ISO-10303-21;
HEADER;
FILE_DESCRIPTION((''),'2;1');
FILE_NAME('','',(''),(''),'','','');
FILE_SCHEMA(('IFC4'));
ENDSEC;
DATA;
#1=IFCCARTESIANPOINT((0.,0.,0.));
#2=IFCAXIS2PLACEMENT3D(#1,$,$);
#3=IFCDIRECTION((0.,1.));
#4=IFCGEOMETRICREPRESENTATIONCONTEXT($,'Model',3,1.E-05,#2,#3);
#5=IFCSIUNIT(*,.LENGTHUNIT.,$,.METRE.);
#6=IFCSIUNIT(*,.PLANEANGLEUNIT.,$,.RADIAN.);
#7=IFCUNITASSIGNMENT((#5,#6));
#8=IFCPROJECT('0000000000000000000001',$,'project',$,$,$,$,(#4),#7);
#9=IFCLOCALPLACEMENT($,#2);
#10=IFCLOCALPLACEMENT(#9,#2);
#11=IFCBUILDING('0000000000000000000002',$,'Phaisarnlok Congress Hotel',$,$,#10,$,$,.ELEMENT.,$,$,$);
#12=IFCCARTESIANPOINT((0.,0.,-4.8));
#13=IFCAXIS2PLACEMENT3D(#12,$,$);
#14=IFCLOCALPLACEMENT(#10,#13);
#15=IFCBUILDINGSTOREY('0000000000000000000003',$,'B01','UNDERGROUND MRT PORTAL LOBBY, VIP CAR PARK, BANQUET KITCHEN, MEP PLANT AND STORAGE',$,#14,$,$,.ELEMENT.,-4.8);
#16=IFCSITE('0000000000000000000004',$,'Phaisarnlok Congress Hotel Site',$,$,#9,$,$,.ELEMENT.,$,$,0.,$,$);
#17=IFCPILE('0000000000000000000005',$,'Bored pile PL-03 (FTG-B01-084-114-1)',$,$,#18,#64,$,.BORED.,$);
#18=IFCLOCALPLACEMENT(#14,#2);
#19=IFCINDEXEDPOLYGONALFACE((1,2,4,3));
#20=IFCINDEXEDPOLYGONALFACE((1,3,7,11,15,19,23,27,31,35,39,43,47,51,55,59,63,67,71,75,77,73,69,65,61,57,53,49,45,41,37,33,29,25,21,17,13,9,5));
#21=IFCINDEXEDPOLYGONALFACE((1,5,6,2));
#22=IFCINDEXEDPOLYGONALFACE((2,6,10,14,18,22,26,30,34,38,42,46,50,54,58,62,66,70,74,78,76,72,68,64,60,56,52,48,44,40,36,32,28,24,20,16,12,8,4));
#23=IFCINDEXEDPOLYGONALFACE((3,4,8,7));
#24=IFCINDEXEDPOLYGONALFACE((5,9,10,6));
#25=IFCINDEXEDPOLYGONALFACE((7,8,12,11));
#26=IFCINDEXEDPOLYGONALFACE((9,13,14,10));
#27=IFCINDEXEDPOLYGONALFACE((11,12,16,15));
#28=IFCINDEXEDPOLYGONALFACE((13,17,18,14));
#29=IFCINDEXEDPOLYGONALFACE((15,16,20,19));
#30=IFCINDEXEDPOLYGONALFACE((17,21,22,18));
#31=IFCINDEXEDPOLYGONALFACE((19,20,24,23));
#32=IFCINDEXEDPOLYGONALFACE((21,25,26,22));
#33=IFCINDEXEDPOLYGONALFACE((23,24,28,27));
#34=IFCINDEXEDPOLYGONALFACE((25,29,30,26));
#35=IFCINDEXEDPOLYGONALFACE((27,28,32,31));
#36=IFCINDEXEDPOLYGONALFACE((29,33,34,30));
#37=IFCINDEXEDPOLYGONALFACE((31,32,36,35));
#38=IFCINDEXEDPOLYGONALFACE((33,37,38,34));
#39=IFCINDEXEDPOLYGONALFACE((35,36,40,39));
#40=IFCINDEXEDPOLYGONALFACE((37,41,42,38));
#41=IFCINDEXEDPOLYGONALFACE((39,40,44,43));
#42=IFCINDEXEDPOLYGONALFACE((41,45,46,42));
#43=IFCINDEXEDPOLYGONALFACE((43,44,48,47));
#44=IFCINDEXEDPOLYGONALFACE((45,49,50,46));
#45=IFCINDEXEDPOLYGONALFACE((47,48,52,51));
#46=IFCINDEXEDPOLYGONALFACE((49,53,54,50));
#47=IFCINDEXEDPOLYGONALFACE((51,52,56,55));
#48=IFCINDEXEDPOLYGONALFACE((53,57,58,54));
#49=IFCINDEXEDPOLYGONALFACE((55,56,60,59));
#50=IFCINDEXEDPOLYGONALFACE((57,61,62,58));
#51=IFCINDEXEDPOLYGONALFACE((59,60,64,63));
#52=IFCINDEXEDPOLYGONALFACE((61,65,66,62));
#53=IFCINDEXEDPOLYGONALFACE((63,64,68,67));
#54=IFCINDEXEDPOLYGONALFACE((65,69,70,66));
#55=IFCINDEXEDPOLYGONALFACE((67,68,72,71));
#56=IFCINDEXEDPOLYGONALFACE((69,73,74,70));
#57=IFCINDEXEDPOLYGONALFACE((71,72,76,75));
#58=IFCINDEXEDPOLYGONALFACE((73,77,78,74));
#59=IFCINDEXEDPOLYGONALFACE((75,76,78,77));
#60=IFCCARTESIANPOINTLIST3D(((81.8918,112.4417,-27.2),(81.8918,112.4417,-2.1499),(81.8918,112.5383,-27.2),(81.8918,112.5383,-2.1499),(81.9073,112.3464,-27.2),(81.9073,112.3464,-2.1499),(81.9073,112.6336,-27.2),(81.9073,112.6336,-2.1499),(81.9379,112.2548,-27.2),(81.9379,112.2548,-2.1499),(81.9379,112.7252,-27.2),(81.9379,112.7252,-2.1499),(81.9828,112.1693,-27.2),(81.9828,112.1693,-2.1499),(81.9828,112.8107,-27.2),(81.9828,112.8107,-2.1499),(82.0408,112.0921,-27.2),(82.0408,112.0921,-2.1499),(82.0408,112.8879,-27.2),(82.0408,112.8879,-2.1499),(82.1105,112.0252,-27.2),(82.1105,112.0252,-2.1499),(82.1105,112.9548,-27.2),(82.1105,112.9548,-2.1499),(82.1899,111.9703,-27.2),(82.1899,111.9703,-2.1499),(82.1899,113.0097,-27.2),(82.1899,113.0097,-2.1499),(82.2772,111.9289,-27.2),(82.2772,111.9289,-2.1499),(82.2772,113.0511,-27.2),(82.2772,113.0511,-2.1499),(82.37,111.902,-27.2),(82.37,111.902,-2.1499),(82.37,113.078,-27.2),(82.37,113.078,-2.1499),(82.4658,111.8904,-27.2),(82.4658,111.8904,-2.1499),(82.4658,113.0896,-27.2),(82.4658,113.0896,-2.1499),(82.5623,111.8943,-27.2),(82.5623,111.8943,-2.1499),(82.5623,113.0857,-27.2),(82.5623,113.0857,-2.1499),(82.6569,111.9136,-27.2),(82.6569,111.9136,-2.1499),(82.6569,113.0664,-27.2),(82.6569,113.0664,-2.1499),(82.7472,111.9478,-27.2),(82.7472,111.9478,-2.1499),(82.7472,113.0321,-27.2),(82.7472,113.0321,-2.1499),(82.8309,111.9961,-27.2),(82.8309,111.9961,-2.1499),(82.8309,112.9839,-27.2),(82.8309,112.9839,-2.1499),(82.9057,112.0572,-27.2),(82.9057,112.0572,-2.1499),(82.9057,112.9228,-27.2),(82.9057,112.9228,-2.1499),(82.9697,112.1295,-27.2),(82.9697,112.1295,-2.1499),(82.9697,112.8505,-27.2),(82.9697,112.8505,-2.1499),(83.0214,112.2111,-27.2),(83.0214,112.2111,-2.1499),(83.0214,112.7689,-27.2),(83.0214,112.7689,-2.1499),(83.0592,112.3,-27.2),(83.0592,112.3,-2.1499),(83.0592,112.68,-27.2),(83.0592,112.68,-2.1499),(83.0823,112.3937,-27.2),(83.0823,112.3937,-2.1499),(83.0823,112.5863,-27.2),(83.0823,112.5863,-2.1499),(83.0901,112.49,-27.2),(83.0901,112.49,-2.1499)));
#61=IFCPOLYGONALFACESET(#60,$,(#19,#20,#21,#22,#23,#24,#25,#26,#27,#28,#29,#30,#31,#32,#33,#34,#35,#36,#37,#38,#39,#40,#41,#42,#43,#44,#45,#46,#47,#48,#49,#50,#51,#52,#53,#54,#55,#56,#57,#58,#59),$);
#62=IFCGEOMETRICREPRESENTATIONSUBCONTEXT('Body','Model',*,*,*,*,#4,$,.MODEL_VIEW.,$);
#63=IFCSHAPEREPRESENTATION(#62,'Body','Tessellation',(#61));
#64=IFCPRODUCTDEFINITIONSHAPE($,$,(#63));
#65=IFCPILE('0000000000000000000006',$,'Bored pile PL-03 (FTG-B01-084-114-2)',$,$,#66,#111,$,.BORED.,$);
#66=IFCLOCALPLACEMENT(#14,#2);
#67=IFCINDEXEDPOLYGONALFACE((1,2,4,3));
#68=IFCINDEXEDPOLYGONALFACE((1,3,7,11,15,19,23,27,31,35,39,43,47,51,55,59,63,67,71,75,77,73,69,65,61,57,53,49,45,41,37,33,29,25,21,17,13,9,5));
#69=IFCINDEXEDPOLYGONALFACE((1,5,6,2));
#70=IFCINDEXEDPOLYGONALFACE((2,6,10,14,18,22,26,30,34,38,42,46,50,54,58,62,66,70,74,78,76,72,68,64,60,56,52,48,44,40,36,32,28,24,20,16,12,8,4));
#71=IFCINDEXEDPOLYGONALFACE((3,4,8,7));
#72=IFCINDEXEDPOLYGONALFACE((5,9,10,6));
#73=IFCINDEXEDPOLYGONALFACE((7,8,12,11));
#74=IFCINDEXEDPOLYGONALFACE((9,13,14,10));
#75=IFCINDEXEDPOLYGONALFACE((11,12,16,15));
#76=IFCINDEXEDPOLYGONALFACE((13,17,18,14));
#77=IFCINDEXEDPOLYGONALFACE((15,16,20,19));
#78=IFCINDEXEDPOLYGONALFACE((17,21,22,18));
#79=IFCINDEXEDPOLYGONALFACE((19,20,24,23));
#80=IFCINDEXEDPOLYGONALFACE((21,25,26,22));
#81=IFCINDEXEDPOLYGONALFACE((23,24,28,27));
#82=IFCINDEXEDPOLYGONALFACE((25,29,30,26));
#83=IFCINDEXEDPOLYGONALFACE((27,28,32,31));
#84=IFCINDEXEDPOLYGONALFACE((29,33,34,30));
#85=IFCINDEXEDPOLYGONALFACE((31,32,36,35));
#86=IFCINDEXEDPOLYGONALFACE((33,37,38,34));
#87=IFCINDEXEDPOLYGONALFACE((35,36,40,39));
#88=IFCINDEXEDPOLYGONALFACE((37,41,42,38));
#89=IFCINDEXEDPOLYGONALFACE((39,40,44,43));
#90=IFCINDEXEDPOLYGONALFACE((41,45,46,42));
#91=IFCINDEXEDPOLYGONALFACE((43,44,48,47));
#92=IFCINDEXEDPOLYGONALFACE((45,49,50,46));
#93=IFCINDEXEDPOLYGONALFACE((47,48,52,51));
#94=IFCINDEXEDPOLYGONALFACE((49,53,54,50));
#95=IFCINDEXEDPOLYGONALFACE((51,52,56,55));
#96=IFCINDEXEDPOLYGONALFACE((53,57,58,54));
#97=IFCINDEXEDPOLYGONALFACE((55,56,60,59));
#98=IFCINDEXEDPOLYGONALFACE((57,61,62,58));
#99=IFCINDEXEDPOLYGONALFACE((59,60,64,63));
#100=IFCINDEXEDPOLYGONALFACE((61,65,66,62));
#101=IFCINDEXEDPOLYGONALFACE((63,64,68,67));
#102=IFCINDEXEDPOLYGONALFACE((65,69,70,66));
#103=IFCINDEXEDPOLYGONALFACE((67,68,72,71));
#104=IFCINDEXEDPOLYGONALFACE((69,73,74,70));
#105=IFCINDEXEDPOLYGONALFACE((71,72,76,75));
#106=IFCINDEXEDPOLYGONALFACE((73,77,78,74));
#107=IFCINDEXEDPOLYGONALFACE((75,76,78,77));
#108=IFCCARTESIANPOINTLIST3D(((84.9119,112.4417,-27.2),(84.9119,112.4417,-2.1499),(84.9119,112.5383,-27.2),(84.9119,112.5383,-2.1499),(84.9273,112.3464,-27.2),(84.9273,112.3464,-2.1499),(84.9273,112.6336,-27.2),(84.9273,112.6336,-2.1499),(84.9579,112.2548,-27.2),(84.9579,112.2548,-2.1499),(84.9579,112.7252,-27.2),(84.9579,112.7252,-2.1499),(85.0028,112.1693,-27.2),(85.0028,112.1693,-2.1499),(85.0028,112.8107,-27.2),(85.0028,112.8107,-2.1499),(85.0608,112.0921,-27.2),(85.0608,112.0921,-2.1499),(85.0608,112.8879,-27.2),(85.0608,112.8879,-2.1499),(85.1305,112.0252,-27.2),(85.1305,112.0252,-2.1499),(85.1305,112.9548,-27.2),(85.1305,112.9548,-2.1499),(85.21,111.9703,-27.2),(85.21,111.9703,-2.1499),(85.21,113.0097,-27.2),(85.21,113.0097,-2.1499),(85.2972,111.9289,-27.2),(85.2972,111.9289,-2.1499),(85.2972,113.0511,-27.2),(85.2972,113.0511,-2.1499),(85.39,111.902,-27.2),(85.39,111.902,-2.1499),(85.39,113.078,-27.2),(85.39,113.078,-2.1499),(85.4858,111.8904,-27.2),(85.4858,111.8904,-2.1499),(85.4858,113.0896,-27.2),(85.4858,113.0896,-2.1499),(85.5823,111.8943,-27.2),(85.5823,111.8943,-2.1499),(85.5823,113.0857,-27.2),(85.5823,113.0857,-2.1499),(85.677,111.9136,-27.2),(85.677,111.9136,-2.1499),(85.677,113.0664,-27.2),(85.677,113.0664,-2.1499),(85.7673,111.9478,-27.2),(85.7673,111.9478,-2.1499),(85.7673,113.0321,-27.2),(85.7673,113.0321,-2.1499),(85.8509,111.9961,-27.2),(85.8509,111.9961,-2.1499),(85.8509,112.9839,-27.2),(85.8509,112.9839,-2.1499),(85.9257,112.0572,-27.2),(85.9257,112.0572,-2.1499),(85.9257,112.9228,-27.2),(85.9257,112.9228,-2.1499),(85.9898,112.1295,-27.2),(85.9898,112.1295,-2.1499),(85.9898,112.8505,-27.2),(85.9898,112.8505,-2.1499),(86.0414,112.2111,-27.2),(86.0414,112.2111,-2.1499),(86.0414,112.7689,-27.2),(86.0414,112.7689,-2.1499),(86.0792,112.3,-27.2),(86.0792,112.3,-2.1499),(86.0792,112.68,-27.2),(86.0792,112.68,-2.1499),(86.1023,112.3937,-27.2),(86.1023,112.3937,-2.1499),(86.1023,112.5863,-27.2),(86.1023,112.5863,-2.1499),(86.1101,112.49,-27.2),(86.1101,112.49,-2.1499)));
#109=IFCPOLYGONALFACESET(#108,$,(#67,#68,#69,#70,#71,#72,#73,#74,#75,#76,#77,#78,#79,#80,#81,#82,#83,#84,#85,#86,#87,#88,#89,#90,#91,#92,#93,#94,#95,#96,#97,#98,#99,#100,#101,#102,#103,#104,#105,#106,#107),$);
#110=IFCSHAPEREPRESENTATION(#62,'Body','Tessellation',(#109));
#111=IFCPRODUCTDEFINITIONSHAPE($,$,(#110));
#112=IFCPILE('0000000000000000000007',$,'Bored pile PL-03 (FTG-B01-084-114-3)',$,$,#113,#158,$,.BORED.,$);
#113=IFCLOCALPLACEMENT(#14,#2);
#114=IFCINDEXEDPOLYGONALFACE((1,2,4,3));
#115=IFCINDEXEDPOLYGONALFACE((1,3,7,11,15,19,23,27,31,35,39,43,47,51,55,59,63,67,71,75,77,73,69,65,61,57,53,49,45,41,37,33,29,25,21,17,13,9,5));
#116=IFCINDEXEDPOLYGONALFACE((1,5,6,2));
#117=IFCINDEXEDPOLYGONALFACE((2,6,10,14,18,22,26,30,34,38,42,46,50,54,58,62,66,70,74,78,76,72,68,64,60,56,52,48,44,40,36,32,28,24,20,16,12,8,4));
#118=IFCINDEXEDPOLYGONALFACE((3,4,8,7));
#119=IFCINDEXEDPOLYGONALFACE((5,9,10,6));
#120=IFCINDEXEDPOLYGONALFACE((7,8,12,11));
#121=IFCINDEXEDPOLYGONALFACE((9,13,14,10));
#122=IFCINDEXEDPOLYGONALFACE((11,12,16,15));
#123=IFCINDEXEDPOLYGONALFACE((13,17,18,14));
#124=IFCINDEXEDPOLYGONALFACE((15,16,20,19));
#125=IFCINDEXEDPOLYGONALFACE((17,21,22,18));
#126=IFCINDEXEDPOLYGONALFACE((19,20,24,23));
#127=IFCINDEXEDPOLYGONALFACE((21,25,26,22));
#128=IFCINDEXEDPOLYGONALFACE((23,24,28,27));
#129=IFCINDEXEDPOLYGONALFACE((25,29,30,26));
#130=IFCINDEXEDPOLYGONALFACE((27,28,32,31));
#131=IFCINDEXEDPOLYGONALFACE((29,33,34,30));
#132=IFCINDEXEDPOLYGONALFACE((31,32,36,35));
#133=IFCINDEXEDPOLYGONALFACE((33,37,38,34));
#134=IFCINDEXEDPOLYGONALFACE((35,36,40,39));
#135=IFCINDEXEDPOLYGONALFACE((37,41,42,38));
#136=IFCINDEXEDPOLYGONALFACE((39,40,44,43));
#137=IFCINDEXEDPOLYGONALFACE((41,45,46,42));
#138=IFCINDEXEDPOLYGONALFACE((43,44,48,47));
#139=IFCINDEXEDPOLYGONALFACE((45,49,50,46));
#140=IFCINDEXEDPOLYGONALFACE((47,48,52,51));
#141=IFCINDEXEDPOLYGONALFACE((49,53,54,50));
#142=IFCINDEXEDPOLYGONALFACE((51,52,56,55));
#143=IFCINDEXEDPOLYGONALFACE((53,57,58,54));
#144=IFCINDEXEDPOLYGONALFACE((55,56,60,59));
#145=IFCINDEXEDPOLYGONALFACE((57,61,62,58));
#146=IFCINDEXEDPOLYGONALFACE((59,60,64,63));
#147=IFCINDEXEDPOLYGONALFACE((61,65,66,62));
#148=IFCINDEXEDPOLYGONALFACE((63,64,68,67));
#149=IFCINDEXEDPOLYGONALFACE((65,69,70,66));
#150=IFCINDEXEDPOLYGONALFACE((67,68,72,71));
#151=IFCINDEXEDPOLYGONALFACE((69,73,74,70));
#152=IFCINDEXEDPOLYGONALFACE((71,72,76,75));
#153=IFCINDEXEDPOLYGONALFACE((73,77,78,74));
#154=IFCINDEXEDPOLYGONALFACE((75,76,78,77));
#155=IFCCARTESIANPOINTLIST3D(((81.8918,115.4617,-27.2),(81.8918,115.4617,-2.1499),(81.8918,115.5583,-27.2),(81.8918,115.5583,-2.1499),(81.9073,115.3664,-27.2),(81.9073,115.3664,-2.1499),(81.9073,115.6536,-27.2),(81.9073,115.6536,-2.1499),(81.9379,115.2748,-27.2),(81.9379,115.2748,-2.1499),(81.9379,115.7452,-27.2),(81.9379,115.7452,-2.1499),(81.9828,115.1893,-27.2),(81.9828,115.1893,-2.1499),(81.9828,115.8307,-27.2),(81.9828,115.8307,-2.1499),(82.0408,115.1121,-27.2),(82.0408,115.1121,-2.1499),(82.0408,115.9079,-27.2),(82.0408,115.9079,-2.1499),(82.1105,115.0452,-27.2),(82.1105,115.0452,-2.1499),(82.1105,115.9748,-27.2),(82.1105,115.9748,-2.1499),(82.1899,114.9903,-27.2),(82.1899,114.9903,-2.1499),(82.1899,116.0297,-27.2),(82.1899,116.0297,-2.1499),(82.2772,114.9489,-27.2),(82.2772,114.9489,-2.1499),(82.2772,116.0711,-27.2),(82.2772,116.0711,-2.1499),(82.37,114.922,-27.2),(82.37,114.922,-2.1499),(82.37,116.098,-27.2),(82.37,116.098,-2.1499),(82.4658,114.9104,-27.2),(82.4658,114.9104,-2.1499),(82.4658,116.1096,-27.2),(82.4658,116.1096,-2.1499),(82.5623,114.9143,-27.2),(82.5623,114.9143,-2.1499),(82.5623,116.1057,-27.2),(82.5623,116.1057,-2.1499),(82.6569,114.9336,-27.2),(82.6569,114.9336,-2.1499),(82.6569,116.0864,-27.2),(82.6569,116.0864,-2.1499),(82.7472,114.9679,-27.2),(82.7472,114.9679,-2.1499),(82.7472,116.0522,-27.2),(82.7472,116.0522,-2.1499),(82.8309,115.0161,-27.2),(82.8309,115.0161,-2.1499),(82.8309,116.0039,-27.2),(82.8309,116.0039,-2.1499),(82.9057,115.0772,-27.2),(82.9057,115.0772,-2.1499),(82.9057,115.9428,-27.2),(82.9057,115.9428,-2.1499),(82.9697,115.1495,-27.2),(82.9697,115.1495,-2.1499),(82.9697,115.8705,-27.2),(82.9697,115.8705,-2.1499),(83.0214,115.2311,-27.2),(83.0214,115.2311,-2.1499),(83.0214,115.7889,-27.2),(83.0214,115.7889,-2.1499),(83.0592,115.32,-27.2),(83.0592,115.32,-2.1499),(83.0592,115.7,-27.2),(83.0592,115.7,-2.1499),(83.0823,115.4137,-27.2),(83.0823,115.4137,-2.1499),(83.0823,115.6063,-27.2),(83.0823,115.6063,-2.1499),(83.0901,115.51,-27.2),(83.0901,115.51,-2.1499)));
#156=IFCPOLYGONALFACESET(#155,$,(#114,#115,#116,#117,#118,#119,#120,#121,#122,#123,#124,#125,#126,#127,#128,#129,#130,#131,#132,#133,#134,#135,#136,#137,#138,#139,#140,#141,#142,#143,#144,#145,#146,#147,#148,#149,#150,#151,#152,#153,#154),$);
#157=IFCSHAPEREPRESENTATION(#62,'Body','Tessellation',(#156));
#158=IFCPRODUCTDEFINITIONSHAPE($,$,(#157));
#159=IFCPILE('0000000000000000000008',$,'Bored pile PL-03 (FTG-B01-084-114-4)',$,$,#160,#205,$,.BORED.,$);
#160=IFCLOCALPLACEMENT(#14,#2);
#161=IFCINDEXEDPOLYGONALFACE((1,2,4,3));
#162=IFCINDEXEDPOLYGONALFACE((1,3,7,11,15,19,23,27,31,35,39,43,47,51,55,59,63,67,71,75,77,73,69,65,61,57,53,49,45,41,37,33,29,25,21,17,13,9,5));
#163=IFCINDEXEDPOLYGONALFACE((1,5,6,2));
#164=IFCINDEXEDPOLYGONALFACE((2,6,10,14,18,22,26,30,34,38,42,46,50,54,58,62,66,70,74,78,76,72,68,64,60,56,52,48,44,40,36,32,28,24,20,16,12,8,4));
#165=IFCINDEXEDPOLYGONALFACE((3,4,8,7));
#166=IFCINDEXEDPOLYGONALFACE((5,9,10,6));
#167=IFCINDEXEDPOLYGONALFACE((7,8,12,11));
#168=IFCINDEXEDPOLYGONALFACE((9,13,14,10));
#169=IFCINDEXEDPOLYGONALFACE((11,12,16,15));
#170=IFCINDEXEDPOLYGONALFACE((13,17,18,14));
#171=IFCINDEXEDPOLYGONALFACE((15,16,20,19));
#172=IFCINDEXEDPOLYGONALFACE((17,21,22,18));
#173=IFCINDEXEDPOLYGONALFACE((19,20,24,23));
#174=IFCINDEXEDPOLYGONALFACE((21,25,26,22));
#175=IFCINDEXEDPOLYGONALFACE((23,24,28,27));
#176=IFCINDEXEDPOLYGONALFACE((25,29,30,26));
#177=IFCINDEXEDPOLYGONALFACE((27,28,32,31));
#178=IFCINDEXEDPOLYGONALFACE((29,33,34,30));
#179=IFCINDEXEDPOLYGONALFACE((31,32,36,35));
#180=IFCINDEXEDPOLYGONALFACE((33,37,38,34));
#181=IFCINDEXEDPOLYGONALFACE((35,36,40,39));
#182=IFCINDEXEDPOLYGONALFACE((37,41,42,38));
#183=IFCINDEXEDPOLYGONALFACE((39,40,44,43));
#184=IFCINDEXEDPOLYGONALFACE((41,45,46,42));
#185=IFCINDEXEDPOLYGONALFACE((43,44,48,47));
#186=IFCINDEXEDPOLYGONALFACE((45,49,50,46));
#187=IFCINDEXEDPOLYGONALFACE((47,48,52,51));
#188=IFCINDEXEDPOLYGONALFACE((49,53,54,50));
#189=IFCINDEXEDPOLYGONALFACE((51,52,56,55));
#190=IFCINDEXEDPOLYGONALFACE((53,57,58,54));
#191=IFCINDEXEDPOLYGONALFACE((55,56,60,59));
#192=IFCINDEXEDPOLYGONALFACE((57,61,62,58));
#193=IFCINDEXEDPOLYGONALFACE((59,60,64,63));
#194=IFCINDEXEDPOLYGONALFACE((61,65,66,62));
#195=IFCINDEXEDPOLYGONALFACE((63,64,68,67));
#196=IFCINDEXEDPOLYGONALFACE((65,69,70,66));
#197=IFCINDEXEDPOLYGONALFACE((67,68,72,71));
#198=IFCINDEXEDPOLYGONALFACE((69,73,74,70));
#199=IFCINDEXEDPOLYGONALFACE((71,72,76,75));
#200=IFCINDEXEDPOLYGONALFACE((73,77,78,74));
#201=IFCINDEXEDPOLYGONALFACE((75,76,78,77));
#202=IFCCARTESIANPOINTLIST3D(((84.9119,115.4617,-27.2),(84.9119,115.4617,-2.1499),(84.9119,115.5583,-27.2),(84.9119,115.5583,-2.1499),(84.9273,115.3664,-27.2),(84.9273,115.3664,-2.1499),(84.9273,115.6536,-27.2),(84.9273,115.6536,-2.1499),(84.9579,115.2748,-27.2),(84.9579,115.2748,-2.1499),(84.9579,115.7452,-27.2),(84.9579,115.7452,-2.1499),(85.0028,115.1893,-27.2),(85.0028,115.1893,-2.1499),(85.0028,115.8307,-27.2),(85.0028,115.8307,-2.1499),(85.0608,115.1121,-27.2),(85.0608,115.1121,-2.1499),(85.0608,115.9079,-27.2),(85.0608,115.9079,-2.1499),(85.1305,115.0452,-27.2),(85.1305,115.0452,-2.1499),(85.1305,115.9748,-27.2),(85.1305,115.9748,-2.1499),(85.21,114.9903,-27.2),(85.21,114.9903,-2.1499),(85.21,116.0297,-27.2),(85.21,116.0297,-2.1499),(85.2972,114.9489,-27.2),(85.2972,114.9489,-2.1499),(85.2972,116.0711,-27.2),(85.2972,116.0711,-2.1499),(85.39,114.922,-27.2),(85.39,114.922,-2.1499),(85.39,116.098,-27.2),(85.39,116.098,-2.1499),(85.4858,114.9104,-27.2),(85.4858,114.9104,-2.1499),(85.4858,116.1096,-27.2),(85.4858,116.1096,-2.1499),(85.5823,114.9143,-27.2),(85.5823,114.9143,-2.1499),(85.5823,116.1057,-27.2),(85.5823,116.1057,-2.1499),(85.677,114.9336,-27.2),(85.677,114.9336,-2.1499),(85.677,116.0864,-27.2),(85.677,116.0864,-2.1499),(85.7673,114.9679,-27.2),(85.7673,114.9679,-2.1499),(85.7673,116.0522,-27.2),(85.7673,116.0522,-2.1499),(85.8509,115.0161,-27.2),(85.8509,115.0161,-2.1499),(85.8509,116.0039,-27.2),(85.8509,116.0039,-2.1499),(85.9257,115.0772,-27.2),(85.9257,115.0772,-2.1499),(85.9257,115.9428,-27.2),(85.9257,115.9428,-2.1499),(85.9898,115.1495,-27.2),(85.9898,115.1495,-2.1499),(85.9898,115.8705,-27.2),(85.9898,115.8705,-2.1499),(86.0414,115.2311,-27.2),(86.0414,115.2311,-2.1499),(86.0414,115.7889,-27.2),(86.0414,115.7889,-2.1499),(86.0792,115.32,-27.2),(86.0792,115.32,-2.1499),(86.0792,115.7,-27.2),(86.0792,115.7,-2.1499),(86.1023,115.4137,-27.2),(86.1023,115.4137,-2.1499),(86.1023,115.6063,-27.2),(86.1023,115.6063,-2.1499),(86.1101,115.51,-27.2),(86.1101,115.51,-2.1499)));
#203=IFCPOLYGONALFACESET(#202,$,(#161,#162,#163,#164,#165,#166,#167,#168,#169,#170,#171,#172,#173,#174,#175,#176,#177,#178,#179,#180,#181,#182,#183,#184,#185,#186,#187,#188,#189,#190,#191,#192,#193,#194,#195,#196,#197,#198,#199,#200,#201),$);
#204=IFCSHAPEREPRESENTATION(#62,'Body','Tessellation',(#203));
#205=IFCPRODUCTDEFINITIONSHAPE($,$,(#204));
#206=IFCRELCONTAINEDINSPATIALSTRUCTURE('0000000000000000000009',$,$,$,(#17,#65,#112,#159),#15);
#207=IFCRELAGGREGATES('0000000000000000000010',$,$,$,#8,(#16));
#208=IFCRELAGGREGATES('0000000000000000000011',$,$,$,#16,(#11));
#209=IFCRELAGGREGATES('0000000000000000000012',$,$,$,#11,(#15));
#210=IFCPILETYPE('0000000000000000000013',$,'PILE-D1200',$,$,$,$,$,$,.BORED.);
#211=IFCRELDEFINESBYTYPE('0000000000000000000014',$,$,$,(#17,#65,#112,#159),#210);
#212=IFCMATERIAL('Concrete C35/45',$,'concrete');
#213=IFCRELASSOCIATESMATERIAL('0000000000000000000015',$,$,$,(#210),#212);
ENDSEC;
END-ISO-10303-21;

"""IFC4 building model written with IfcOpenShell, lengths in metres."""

from ifc_helpers import new_model, si_unit, direction, frame, origin, origin_2d, place, context, subcontext, project, spatial, circle, extrude, material, material_profile, profile_set, type_object, element, save


model = new_model("IFC4")

# Units and contexts
model_context = context("Model", 3, precision=1e-05, world=origin(), true_north=direction((0.0, 1.0)))
body_context = subcontext(model_context, "Body", "Model", "MODEL_VIEW")
ifc_project = project(units=[si_unit("LENGTHUNIT", "METRE"), si_unit("PLANEANGLEUNIT", "RADIAN")], contexts=[model_context])

# Site, building, storey
site_placement = place(None, origin())
site = spatial("IfcSite", under=ifc_project, at=site_placement, Name="Phaisarnlok Congress Hotel Site", CompositionType="ELEMENT", RefElevation=0.0)
building_placement = place(site_placement, origin())
building = spatial("IfcBuilding", under=site, at=building_placement, Name="Phaisarnlok Congress Hotel", CompositionType="ELEMENT")
storey_placement = place(building_placement, frame((0.0, 0.0, -4.8)))
storey = spatial("IfcBuildingStorey", under=building, at=storey_placement, Name="B01", Description="UNDERGROUND MRT PORTAL LOBBY, VIP CAR PARK, BANQUET KITCHEN, MEP PLANT AND STORAGE", CompositionType="ELEMENT", Elevation=-4.8)

# Piles
ifc_material_1 = material(Name="Concrete C35/45", Category="concrete")
ifc_material_profile_1 = material_profile(ifc_material_1, circle(Radius=0.6001, at=origin_2d()), Name="BORED PILE D1200")
ifc_profile_set_1 = profile_set([ifc_material_profile_1], Name="Concrete C35/45")
pile_type_1 = type_object("IfcPileType", Name="PILE-D1200", PredefinedType="BORED", material=ifc_profile_set_1)
for number, where, z_axis, x_axis, name in (
    (1, (82.49, 112.49, -2.1499), (0.0, 0.0, -1.0), (1.0, 0.0, 0.0), "Bored pile PL-03 (FTG-B01-084-114-1)"),
    (2, (85.51, 112.49, -2.1499), (0.0, 0.0, -1.0), (1.0, 0.0, 0.0), "Bored pile PL-03 (FTG-B01-084-114-2)"),
    (3, (82.49, 115.51, -2.1499), (0.0, 0.0, -1.0), (1.0, 0.0, 0.0), "Bored pile PL-03 (FTG-B01-084-114-3)"),
    (4, (85.51, 115.51, -2.1499), (0.0, 0.0, -1.0), (1.0, 0.0, 0.0), "Bored pile PL-03 (FTG-B01-084-114-4)"),
):
    element("IfcPile", number, at=place(storey_placement, frame(where, z_axis=z_axis, x_axis=x_axis)), inside=storey, type_object=pile_type_1, Name=name, PredefinedType="BORED", context=body_context, shape_type="SweptSolid", body=[
        extrude(circle(Radius=0.6001, at=origin_2d()), origin(), (0.0, 0.0, 1.0), 25.05),
    ])

save(model, "model.ifc")
